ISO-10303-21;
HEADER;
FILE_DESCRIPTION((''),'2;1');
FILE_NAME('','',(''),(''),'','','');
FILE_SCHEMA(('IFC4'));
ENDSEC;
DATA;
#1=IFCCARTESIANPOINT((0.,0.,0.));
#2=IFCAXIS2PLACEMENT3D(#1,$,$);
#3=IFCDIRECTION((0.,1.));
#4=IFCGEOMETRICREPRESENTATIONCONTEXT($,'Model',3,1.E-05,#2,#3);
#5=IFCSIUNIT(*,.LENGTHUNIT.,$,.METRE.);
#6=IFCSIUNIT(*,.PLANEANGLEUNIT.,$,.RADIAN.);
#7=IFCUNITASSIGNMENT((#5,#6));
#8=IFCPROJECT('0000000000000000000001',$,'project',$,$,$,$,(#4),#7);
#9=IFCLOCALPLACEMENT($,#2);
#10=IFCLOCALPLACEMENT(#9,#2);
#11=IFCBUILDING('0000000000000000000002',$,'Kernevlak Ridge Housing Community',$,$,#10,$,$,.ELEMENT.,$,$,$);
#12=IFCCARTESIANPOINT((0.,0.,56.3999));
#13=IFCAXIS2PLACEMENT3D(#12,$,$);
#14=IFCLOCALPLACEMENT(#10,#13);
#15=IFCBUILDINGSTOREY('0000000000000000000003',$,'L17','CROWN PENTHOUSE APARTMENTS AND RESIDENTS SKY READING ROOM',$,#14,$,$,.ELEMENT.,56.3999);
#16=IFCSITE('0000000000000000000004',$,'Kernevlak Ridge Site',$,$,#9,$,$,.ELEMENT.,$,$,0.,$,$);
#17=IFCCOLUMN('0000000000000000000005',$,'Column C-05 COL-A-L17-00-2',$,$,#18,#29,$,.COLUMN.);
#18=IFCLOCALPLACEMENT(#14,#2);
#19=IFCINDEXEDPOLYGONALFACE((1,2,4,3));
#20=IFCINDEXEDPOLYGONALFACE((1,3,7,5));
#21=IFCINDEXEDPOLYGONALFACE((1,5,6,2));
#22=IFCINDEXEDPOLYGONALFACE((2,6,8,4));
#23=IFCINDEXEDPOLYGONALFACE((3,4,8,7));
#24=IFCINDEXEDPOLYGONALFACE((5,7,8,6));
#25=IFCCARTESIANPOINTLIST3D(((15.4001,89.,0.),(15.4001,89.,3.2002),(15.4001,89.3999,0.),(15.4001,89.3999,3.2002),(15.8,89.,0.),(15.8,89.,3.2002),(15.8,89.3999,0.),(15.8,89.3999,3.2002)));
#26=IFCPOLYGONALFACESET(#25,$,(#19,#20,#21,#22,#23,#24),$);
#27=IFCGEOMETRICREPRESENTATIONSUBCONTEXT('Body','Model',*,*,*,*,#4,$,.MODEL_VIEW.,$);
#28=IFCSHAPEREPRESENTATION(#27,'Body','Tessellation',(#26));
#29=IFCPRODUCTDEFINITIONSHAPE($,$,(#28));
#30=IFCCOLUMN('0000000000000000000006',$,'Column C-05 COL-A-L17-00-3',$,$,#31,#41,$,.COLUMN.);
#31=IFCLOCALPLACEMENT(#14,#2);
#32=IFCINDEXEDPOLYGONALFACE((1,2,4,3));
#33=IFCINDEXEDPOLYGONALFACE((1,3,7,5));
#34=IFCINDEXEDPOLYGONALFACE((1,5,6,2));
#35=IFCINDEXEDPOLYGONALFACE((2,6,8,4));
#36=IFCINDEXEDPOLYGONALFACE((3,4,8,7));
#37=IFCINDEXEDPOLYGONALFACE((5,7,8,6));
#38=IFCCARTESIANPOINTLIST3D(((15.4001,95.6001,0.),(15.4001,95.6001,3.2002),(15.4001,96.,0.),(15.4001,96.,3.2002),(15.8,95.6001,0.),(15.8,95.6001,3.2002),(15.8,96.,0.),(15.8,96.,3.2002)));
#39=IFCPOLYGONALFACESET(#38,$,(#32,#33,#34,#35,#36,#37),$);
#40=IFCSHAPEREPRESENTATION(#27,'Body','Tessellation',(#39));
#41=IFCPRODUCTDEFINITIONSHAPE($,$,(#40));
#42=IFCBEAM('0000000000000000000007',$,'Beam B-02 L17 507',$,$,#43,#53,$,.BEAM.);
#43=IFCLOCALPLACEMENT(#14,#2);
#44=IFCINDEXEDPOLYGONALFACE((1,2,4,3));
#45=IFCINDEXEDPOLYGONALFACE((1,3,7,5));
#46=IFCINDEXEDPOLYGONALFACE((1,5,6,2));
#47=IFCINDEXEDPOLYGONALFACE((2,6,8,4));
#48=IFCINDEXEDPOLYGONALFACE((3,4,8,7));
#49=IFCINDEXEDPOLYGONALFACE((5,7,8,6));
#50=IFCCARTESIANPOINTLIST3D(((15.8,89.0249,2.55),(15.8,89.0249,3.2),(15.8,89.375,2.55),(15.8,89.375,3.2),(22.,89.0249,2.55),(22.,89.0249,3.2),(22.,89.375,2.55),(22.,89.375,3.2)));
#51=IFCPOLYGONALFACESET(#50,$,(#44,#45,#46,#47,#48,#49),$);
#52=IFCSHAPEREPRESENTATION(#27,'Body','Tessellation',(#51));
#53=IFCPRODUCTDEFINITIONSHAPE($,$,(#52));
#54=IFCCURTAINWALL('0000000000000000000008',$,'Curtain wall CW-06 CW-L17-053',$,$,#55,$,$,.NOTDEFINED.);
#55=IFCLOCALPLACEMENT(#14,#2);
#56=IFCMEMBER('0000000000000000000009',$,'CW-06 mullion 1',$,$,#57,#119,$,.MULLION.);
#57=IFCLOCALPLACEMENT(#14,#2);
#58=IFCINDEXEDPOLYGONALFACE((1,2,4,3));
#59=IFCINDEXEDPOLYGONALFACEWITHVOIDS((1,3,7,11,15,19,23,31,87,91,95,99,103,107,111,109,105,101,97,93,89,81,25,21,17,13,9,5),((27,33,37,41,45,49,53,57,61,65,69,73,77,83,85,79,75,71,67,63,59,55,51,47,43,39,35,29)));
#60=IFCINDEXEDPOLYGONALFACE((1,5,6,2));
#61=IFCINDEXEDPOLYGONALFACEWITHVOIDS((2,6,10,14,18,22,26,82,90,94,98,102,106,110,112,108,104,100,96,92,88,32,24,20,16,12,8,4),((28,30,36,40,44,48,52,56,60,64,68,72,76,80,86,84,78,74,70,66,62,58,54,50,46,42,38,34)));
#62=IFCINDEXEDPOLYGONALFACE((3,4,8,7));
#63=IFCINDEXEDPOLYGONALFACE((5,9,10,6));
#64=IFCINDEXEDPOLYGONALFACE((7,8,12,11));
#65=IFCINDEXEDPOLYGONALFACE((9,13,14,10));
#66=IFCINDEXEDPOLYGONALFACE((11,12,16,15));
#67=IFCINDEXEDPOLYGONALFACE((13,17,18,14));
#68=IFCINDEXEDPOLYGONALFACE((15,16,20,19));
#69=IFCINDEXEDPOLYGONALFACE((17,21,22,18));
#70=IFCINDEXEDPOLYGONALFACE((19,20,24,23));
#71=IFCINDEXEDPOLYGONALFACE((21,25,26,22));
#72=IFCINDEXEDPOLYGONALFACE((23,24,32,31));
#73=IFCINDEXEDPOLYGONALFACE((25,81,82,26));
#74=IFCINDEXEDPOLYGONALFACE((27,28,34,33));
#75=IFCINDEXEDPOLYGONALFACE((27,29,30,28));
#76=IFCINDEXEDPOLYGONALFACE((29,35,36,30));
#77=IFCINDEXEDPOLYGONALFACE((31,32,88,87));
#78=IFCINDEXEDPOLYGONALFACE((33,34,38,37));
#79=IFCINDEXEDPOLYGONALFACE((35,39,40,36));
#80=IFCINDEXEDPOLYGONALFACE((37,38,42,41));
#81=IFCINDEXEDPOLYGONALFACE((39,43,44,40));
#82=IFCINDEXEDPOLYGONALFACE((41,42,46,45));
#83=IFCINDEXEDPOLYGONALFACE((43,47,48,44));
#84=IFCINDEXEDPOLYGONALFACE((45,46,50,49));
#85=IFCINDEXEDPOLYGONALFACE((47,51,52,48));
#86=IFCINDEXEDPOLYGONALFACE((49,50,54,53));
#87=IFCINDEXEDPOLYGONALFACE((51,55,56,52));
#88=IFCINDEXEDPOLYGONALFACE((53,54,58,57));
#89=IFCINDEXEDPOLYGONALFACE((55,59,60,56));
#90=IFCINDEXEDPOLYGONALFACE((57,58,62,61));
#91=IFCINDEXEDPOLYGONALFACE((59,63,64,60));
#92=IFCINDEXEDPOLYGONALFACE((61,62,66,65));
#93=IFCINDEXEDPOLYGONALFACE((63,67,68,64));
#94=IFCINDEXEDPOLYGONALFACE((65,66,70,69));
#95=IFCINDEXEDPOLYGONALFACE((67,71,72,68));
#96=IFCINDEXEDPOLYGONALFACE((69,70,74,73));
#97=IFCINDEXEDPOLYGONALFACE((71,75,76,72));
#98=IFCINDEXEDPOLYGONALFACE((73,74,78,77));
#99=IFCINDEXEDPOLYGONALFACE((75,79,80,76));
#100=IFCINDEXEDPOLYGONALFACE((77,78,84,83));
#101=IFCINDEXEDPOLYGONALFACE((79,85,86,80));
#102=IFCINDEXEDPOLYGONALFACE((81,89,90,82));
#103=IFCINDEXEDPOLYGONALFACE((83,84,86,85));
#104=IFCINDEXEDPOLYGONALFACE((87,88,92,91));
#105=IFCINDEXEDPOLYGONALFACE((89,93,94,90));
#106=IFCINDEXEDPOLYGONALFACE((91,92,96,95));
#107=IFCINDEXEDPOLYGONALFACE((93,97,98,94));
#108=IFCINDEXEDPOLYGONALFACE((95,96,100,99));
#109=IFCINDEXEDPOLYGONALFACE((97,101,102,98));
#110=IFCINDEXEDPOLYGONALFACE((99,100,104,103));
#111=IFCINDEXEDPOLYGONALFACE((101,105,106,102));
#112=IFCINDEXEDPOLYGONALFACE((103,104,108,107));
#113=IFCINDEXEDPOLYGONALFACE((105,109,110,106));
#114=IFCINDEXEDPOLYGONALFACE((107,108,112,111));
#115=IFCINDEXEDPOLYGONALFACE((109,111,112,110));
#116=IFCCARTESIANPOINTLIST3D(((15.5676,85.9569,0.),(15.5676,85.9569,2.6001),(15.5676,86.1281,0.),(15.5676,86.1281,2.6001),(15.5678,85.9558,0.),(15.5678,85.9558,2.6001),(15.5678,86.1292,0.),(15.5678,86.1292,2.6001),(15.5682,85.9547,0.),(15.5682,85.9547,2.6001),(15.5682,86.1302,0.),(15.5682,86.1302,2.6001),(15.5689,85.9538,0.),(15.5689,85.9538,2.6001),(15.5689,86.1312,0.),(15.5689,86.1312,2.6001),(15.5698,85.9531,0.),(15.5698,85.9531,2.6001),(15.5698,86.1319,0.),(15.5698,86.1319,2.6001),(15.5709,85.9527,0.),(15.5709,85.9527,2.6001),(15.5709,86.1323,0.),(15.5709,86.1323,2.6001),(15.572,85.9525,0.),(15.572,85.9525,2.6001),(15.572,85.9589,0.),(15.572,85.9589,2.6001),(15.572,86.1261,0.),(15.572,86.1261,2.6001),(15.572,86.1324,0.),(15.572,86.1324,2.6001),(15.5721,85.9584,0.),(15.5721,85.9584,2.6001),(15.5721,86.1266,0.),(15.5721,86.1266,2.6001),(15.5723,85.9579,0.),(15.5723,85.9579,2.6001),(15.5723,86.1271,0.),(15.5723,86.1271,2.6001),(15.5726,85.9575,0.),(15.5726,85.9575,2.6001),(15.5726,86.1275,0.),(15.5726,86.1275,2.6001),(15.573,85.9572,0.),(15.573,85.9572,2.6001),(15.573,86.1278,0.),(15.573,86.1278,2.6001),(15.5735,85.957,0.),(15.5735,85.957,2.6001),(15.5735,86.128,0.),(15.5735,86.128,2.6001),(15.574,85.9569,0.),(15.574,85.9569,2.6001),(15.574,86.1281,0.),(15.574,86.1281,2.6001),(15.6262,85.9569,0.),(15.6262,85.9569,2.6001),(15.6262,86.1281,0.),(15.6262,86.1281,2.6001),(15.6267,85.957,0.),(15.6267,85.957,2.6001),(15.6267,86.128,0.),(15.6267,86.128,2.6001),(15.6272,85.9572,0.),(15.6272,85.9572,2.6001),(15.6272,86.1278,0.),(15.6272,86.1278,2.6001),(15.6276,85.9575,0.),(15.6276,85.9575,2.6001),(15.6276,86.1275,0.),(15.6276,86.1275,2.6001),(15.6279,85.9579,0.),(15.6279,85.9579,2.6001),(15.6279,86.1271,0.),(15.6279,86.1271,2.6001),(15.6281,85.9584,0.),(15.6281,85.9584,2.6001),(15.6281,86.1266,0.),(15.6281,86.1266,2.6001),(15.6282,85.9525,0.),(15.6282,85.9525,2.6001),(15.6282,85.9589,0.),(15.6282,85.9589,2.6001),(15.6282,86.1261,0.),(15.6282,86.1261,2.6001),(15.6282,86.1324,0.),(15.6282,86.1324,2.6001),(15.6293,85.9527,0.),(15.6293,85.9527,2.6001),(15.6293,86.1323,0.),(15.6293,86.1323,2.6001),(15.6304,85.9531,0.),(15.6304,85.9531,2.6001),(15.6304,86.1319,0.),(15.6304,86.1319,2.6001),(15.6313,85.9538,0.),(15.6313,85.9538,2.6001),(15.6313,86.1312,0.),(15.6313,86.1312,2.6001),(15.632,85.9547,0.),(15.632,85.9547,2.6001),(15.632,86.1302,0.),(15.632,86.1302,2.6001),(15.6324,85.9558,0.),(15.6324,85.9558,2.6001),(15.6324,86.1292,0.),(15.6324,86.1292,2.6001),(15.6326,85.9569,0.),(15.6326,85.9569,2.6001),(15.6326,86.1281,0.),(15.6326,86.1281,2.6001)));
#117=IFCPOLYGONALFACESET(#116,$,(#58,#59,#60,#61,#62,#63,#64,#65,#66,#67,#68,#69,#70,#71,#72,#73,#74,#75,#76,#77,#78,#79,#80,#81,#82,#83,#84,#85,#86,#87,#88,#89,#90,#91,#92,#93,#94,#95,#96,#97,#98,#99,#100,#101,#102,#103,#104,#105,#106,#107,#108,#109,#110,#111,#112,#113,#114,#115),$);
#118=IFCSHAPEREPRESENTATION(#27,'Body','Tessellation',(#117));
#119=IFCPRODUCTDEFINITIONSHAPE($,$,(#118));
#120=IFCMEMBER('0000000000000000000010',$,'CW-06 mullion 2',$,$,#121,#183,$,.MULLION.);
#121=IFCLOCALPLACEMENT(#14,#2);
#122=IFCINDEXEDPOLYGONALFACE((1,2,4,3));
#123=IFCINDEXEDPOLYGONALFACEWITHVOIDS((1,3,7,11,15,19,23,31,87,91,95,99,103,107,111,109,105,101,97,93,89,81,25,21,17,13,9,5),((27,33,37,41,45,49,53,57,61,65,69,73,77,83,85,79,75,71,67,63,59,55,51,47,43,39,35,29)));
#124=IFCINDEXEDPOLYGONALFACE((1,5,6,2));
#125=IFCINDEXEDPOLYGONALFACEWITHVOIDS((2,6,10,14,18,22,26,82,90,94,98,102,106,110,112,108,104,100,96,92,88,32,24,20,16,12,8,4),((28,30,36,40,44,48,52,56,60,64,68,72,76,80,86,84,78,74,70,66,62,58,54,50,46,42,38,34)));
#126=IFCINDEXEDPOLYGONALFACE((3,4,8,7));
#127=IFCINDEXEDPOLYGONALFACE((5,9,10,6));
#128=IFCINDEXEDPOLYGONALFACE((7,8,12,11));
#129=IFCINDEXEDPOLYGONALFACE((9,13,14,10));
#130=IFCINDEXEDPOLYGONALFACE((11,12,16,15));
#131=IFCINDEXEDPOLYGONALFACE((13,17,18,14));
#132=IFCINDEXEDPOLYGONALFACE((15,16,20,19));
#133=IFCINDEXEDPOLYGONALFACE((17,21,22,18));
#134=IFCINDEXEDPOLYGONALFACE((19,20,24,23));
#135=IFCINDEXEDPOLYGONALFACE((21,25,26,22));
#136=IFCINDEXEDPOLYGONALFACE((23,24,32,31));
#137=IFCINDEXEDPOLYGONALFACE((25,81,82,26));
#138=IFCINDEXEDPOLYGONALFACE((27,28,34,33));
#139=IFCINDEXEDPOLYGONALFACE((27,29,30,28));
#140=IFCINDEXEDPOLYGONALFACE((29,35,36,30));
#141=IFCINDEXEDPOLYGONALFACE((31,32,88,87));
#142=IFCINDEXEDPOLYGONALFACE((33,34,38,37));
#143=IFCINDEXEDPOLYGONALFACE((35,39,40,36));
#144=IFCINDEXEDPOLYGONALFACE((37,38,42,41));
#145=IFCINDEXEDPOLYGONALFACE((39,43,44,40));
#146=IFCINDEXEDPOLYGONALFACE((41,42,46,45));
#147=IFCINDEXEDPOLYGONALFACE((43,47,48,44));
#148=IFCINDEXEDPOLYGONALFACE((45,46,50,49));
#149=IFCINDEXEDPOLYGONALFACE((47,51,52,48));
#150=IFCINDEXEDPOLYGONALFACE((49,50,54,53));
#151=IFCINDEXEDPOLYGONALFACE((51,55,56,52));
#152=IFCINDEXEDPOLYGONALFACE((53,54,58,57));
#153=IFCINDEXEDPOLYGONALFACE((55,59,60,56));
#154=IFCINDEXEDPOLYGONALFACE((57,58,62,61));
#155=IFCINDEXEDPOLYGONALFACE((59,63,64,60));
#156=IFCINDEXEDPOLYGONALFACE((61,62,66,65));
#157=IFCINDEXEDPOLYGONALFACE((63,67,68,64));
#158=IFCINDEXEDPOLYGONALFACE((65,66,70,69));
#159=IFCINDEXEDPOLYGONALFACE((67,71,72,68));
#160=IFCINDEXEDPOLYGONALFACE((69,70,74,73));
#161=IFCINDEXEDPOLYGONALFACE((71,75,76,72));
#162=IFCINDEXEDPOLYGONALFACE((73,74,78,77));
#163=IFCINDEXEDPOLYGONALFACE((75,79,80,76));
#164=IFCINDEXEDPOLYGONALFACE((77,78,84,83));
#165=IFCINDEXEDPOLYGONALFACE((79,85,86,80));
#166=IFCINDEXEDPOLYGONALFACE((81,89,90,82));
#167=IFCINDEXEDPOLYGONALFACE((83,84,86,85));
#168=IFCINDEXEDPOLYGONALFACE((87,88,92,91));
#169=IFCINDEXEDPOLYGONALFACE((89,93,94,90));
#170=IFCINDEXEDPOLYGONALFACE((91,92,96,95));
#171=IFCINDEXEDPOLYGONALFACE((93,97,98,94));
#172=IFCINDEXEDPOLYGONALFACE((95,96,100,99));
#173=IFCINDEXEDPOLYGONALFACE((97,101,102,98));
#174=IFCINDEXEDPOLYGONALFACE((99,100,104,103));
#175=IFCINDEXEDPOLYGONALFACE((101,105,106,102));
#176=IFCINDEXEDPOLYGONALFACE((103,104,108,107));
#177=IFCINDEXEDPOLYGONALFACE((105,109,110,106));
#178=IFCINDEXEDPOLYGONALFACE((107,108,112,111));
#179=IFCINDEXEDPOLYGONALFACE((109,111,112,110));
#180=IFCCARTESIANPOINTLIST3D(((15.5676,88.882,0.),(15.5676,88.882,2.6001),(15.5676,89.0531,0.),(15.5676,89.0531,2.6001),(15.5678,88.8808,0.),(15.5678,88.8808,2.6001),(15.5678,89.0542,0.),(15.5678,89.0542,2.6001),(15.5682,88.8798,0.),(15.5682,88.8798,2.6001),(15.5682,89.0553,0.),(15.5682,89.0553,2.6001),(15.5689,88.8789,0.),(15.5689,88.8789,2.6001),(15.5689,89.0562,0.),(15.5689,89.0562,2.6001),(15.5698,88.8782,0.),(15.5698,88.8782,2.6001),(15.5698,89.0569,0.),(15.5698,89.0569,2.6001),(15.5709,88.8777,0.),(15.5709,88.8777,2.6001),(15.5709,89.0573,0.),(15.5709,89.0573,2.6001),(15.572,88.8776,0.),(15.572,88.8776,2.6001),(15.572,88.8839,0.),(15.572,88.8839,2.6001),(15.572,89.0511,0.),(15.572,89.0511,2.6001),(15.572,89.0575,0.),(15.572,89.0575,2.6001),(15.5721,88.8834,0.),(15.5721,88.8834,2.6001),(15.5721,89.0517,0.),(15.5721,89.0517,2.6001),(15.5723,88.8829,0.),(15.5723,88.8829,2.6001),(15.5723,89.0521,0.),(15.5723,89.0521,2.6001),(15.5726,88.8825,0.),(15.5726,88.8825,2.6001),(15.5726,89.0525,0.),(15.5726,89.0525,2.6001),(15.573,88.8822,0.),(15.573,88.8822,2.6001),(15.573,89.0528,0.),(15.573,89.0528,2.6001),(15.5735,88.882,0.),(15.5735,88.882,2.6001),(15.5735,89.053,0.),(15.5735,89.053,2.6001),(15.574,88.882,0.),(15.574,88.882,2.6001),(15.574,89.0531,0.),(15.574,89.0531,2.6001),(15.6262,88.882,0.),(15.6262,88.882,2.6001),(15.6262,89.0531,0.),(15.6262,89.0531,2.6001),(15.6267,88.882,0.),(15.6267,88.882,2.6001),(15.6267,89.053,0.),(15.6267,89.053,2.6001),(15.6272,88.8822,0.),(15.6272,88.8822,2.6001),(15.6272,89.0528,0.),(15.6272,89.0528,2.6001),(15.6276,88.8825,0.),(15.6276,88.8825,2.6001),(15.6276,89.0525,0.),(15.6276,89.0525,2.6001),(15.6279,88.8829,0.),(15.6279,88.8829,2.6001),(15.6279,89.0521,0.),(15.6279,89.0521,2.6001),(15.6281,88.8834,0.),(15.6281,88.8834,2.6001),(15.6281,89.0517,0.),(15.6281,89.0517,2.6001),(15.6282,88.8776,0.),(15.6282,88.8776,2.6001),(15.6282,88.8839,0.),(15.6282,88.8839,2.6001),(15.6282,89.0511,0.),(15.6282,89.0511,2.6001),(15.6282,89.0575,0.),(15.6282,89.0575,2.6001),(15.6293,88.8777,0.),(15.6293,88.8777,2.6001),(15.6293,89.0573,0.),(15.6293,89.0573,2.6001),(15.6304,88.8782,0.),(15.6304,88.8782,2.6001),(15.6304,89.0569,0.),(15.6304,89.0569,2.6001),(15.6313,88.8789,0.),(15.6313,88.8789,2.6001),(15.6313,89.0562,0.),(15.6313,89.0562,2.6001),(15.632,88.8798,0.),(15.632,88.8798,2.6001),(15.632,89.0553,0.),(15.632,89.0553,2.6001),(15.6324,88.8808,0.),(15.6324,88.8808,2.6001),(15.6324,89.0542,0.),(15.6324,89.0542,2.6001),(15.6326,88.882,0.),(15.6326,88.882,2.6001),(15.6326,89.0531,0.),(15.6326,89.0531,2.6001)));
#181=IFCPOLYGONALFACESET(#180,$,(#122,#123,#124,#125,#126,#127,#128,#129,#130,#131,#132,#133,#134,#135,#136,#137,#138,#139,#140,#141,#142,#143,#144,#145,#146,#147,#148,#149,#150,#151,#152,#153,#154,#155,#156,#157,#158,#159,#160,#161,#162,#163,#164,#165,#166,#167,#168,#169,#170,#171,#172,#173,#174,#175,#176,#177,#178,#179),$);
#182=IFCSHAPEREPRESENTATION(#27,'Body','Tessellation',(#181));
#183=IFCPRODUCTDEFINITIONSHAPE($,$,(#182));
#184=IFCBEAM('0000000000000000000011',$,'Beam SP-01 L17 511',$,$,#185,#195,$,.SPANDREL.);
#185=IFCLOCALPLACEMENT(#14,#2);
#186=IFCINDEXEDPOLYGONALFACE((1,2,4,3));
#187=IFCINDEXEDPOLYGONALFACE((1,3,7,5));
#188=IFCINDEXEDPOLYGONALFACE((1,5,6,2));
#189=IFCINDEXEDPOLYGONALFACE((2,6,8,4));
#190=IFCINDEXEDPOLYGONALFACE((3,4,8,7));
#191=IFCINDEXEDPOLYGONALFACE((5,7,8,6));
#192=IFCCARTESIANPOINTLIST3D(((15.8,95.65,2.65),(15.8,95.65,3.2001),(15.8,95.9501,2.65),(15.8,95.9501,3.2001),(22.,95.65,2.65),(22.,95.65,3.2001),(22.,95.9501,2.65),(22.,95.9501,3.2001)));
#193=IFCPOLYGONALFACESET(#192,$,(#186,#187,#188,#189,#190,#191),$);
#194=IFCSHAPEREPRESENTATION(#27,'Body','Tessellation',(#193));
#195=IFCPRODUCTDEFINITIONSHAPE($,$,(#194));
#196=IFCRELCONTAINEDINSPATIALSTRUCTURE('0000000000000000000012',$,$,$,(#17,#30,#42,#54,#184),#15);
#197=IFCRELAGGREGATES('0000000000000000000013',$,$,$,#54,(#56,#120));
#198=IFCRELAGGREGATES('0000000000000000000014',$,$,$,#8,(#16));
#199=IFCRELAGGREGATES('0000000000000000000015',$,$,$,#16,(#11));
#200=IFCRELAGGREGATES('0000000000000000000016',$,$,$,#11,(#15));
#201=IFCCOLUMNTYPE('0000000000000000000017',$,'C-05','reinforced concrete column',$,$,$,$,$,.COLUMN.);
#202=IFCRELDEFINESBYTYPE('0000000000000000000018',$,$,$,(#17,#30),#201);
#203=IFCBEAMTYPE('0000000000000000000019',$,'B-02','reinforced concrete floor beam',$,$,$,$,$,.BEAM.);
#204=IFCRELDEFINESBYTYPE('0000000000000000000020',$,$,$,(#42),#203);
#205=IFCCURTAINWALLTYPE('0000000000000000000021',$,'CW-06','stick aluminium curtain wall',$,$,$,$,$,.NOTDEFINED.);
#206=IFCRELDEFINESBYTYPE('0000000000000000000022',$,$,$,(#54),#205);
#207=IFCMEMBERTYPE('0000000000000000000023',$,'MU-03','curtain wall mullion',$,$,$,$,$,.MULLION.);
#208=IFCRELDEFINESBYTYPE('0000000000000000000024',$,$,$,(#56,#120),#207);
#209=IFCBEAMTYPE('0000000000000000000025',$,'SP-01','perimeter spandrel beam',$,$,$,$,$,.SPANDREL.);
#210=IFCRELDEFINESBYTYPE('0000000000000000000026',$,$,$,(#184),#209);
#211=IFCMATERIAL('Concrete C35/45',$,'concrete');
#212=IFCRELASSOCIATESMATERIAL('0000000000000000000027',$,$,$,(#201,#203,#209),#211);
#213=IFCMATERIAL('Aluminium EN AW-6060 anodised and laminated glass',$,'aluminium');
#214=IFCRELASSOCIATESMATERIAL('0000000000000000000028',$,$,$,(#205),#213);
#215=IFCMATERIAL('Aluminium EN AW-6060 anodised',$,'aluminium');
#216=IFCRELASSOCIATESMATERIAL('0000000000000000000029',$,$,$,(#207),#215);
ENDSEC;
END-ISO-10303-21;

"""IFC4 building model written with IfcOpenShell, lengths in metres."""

from ifc_helpers import new_model, si_unit, direction, frame, origin, origin_2d, place, context, subcontext, project, spatial, rectangle, hollow_rectangle, extrude, material, material_profile, profile_set, type_object, element, aggregate, save


model = new_model("IFC4")

# Units and contexts
model_context = context("Model", 3, precision=1e-05, world=origin(), true_north=direction((0.0, 1.0)))
body_context = subcontext(model_context, "Body", "Model", "MODEL_VIEW")
ifc_project = project(units=[si_unit("LENGTHUNIT", "METRE"), si_unit("PLANEANGLEUNIT", "RADIAN")], contexts=[model_context])

# Site, building, storey
site_placement = place(None, origin())
site = spatial("IfcSite", under=ifc_project, at=site_placement, Name="Kernevlak Ridge Site", CompositionType="ELEMENT", RefElevation=0.0)
building_placement = place(site_placement, origin())
building = spatial("IfcBuilding", under=site, at=building_placement, Name="Kernevlak Ridge Housing Community", CompositionType="ELEMENT")
storey_placement = place(building_placement, frame((0.0, 0.0, 56.3999)))
storey = spatial("IfcBuildingStorey", under=building, at=storey_placement, Name="L17", Description="CROWN PENTHOUSE APARTMENTS AND RESIDENTS SKY READING ROOM", CompositionType="ELEMENT", Elevation=56.3999)

# Columns
ifc_material_1 = material(Name="Concrete C35/45", Category="concrete")
ifc_material_profile_1 = material_profile(ifc_material_1, rectangle(XDim=0.3999, YDim=0.3999, at=origin_2d()), Name="RC 400x400")
ifc_profile_set_1 = profile_set([ifc_material_profile_1], Name="Concrete C35/45")
column_type = type_object("IfcColumnType", Name="C-05", Description="reinforced concrete column", PredefinedType="COLUMN", material=ifc_profile_set_1)
for number, where, z_axis, x_axis, name in (
    (1, (15.6001, 89.2, 0.0), (0.0, 0.0, 1.0), (1.0, 0.0, 0.0), "Column C-05 COL-A-L17-00-2"),
    (2, (15.6001, 95.8, 0.0), (0.0, 0.0, 1.0), (1.0, 0.0, 0.0), "Column C-05 COL-A-L17-00-3"),
):
    element("IfcColumn", number, at=place(storey_placement, frame(where, z_axis=z_axis, x_axis=x_axis)), inside=storey, type_object=column_type, Name=name, PredefinedType="COLUMN", context=body_context, shape_type="SweptSolid", body=[
        extrude(rectangle(XDim=0.3999, YDim=0.3999, at=origin_2d()), origin(), (0.0, 0.0, 1.0), 3.2002),
    ])

# Beam
ifc_material_profile_2 = material_profile(ifc_material_1, rectangle(XDim=0.3501, YDim=0.6499, at=origin_2d()), Name="RC 350x650")
ifc_profile_set_2 = profile_set([ifc_material_profile_2], Name="Concrete C35/45")
beam_type_1 = type_object("IfcBeamType", Name="B-02", Description="reinforced concrete floor beam", PredefinedType="BEAM", material=ifc_profile_set_2)
beam_1_placement = place(storey_placement, frame((15.8, 89.2, 2.875), z_axis=(1.0, 0.0, 0.0), x_axis=(0.0, 1.0, 0.0)))
element("IfcBeam", 3, at=beam_1_placement, inside=storey, type_object=beam_type_1, Name="Beam B-02 L17 507", PredefinedType="BEAM", context=body_context, shape_type="SweptSolid", body=[
    extrude(rectangle(XDim=0.3501, YDim=0.6499, at=origin_2d()), origin(), (0.0, 0.0, 1.0), 6.2),
])

# Curtain wall, members
ifc_material_2 = material(Name="Aluminium EN AW-6060 anodised and laminated glass", Category="aluminium")
curtain_wall_type = type_object("IfcCurtainWallType", Name="CW-06", Description="stick aluminium curtain wall", PredefinedType="NOTDEFINED", material=ifc_material_2)
curtain_wall_placement = place(storey_placement, origin())
curtain_wall = element("IfcCurtainWall", 4, at=curtain_wall_placement, inside=storey, type_object=curtain_wall_type, Name="Curtain wall CW-06 CW-L17-053", PredefinedType="NOTDEFINED")
ifc_material_3 = material(Name="Aluminium EN AW-6060 anodised", Category="aluminium")
ifc_material_profile_3 = material_profile(ifc_material_3, hollow_rectangle(XDim=0.0649, YDim=0.1799, WallThickness=0.0044, InnerFilletRadius=0.002, OuterFilletRadius=0.0044, at=origin_2d()), Name="ALU 65x180x4.5")
ifc_profile_set_3 = profile_set([ifc_material_profile_3], Name="Aluminium EN AW-6060 anodised")
member_type_1 = type_object("IfcMemberType", Name="MU-03", Description="curtain wall mullion", PredefinedType="MULLION", material=ifc_profile_set_3)
member_1_placement = place(storey_placement, frame((15.6001, 86.0425, 0.0), z_axis=(0.0, 0.0, 1.0), x_axis=(-1.0, 0.0, 0.0)))
member_1 = element("IfcMember", 5, at=member_1_placement, type_object=member_type_1, Name="CW-06 mullion 1", PredefinedType="MULLION", context=body_context, shape_type="SweptSolid", body=[
    extrude(hollow_rectangle(XDim=0.0649, YDim=0.1799, WallThickness=0.0044, InnerFilletRadius=0.002, OuterFilletRadius=0.0044, at=origin_2d()), origin(), (0.0, 0.0, 1.0), 2.6001),
])
member_2_placement = place(storey_placement, frame((15.6001, 88.9675, 0.0), z_axis=(0.0, 0.0, 1.0), x_axis=(-1.0, 0.0, 0.0)))
member_2 = element("IfcMember", 6, at=member_2_placement, type_object=member_type_1, Name="CW-06 mullion 2", PredefinedType="MULLION", context=body_context, shape_type="SweptSolid", body=[
    extrude(hollow_rectangle(XDim=0.0649, YDim=0.1799, WallThickness=0.0044, InnerFilletRadius=0.002, OuterFilletRadius=0.0044, at=origin_2d()), origin(), (0.0, 0.0, 1.0), 2.6001),
])

# Beam
ifc_material_profile_4 = material_profile(ifc_material_1, rectangle(XDim=0.3, YDim=0.55, at=origin_2d()), Name="RC 300x550")
ifc_profile_set_4 = profile_set([ifc_material_profile_4], Name="Concrete C35/45")
beam_type_2 = type_object("IfcBeamType", Name="SP-01", Description="perimeter spandrel beam", PredefinedType="SPANDREL", material=ifc_profile_set_4)
beam_2_placement = place(storey_placement, frame((15.8, 95.8, 2.925), z_axis=(1.0, 0.0, 0.0), x_axis=(0.0, 1.0, 0.0)))
element("IfcBeam", 7, at=beam_2_placement, inside=storey, type_object=beam_type_2, Name="Beam SP-01 L17 511", PredefinedType="SPANDREL", context=body_context, shape_type="SweptSolid", body=[
    extrude(rectangle(XDim=0.3, YDim=0.55, at=origin_2d()), origin(), (0.0, 0.0, 1.0), 6.2),
])

aggregate(curtain_wall, [member_1, member_2])

save(model, "model.ifc")
